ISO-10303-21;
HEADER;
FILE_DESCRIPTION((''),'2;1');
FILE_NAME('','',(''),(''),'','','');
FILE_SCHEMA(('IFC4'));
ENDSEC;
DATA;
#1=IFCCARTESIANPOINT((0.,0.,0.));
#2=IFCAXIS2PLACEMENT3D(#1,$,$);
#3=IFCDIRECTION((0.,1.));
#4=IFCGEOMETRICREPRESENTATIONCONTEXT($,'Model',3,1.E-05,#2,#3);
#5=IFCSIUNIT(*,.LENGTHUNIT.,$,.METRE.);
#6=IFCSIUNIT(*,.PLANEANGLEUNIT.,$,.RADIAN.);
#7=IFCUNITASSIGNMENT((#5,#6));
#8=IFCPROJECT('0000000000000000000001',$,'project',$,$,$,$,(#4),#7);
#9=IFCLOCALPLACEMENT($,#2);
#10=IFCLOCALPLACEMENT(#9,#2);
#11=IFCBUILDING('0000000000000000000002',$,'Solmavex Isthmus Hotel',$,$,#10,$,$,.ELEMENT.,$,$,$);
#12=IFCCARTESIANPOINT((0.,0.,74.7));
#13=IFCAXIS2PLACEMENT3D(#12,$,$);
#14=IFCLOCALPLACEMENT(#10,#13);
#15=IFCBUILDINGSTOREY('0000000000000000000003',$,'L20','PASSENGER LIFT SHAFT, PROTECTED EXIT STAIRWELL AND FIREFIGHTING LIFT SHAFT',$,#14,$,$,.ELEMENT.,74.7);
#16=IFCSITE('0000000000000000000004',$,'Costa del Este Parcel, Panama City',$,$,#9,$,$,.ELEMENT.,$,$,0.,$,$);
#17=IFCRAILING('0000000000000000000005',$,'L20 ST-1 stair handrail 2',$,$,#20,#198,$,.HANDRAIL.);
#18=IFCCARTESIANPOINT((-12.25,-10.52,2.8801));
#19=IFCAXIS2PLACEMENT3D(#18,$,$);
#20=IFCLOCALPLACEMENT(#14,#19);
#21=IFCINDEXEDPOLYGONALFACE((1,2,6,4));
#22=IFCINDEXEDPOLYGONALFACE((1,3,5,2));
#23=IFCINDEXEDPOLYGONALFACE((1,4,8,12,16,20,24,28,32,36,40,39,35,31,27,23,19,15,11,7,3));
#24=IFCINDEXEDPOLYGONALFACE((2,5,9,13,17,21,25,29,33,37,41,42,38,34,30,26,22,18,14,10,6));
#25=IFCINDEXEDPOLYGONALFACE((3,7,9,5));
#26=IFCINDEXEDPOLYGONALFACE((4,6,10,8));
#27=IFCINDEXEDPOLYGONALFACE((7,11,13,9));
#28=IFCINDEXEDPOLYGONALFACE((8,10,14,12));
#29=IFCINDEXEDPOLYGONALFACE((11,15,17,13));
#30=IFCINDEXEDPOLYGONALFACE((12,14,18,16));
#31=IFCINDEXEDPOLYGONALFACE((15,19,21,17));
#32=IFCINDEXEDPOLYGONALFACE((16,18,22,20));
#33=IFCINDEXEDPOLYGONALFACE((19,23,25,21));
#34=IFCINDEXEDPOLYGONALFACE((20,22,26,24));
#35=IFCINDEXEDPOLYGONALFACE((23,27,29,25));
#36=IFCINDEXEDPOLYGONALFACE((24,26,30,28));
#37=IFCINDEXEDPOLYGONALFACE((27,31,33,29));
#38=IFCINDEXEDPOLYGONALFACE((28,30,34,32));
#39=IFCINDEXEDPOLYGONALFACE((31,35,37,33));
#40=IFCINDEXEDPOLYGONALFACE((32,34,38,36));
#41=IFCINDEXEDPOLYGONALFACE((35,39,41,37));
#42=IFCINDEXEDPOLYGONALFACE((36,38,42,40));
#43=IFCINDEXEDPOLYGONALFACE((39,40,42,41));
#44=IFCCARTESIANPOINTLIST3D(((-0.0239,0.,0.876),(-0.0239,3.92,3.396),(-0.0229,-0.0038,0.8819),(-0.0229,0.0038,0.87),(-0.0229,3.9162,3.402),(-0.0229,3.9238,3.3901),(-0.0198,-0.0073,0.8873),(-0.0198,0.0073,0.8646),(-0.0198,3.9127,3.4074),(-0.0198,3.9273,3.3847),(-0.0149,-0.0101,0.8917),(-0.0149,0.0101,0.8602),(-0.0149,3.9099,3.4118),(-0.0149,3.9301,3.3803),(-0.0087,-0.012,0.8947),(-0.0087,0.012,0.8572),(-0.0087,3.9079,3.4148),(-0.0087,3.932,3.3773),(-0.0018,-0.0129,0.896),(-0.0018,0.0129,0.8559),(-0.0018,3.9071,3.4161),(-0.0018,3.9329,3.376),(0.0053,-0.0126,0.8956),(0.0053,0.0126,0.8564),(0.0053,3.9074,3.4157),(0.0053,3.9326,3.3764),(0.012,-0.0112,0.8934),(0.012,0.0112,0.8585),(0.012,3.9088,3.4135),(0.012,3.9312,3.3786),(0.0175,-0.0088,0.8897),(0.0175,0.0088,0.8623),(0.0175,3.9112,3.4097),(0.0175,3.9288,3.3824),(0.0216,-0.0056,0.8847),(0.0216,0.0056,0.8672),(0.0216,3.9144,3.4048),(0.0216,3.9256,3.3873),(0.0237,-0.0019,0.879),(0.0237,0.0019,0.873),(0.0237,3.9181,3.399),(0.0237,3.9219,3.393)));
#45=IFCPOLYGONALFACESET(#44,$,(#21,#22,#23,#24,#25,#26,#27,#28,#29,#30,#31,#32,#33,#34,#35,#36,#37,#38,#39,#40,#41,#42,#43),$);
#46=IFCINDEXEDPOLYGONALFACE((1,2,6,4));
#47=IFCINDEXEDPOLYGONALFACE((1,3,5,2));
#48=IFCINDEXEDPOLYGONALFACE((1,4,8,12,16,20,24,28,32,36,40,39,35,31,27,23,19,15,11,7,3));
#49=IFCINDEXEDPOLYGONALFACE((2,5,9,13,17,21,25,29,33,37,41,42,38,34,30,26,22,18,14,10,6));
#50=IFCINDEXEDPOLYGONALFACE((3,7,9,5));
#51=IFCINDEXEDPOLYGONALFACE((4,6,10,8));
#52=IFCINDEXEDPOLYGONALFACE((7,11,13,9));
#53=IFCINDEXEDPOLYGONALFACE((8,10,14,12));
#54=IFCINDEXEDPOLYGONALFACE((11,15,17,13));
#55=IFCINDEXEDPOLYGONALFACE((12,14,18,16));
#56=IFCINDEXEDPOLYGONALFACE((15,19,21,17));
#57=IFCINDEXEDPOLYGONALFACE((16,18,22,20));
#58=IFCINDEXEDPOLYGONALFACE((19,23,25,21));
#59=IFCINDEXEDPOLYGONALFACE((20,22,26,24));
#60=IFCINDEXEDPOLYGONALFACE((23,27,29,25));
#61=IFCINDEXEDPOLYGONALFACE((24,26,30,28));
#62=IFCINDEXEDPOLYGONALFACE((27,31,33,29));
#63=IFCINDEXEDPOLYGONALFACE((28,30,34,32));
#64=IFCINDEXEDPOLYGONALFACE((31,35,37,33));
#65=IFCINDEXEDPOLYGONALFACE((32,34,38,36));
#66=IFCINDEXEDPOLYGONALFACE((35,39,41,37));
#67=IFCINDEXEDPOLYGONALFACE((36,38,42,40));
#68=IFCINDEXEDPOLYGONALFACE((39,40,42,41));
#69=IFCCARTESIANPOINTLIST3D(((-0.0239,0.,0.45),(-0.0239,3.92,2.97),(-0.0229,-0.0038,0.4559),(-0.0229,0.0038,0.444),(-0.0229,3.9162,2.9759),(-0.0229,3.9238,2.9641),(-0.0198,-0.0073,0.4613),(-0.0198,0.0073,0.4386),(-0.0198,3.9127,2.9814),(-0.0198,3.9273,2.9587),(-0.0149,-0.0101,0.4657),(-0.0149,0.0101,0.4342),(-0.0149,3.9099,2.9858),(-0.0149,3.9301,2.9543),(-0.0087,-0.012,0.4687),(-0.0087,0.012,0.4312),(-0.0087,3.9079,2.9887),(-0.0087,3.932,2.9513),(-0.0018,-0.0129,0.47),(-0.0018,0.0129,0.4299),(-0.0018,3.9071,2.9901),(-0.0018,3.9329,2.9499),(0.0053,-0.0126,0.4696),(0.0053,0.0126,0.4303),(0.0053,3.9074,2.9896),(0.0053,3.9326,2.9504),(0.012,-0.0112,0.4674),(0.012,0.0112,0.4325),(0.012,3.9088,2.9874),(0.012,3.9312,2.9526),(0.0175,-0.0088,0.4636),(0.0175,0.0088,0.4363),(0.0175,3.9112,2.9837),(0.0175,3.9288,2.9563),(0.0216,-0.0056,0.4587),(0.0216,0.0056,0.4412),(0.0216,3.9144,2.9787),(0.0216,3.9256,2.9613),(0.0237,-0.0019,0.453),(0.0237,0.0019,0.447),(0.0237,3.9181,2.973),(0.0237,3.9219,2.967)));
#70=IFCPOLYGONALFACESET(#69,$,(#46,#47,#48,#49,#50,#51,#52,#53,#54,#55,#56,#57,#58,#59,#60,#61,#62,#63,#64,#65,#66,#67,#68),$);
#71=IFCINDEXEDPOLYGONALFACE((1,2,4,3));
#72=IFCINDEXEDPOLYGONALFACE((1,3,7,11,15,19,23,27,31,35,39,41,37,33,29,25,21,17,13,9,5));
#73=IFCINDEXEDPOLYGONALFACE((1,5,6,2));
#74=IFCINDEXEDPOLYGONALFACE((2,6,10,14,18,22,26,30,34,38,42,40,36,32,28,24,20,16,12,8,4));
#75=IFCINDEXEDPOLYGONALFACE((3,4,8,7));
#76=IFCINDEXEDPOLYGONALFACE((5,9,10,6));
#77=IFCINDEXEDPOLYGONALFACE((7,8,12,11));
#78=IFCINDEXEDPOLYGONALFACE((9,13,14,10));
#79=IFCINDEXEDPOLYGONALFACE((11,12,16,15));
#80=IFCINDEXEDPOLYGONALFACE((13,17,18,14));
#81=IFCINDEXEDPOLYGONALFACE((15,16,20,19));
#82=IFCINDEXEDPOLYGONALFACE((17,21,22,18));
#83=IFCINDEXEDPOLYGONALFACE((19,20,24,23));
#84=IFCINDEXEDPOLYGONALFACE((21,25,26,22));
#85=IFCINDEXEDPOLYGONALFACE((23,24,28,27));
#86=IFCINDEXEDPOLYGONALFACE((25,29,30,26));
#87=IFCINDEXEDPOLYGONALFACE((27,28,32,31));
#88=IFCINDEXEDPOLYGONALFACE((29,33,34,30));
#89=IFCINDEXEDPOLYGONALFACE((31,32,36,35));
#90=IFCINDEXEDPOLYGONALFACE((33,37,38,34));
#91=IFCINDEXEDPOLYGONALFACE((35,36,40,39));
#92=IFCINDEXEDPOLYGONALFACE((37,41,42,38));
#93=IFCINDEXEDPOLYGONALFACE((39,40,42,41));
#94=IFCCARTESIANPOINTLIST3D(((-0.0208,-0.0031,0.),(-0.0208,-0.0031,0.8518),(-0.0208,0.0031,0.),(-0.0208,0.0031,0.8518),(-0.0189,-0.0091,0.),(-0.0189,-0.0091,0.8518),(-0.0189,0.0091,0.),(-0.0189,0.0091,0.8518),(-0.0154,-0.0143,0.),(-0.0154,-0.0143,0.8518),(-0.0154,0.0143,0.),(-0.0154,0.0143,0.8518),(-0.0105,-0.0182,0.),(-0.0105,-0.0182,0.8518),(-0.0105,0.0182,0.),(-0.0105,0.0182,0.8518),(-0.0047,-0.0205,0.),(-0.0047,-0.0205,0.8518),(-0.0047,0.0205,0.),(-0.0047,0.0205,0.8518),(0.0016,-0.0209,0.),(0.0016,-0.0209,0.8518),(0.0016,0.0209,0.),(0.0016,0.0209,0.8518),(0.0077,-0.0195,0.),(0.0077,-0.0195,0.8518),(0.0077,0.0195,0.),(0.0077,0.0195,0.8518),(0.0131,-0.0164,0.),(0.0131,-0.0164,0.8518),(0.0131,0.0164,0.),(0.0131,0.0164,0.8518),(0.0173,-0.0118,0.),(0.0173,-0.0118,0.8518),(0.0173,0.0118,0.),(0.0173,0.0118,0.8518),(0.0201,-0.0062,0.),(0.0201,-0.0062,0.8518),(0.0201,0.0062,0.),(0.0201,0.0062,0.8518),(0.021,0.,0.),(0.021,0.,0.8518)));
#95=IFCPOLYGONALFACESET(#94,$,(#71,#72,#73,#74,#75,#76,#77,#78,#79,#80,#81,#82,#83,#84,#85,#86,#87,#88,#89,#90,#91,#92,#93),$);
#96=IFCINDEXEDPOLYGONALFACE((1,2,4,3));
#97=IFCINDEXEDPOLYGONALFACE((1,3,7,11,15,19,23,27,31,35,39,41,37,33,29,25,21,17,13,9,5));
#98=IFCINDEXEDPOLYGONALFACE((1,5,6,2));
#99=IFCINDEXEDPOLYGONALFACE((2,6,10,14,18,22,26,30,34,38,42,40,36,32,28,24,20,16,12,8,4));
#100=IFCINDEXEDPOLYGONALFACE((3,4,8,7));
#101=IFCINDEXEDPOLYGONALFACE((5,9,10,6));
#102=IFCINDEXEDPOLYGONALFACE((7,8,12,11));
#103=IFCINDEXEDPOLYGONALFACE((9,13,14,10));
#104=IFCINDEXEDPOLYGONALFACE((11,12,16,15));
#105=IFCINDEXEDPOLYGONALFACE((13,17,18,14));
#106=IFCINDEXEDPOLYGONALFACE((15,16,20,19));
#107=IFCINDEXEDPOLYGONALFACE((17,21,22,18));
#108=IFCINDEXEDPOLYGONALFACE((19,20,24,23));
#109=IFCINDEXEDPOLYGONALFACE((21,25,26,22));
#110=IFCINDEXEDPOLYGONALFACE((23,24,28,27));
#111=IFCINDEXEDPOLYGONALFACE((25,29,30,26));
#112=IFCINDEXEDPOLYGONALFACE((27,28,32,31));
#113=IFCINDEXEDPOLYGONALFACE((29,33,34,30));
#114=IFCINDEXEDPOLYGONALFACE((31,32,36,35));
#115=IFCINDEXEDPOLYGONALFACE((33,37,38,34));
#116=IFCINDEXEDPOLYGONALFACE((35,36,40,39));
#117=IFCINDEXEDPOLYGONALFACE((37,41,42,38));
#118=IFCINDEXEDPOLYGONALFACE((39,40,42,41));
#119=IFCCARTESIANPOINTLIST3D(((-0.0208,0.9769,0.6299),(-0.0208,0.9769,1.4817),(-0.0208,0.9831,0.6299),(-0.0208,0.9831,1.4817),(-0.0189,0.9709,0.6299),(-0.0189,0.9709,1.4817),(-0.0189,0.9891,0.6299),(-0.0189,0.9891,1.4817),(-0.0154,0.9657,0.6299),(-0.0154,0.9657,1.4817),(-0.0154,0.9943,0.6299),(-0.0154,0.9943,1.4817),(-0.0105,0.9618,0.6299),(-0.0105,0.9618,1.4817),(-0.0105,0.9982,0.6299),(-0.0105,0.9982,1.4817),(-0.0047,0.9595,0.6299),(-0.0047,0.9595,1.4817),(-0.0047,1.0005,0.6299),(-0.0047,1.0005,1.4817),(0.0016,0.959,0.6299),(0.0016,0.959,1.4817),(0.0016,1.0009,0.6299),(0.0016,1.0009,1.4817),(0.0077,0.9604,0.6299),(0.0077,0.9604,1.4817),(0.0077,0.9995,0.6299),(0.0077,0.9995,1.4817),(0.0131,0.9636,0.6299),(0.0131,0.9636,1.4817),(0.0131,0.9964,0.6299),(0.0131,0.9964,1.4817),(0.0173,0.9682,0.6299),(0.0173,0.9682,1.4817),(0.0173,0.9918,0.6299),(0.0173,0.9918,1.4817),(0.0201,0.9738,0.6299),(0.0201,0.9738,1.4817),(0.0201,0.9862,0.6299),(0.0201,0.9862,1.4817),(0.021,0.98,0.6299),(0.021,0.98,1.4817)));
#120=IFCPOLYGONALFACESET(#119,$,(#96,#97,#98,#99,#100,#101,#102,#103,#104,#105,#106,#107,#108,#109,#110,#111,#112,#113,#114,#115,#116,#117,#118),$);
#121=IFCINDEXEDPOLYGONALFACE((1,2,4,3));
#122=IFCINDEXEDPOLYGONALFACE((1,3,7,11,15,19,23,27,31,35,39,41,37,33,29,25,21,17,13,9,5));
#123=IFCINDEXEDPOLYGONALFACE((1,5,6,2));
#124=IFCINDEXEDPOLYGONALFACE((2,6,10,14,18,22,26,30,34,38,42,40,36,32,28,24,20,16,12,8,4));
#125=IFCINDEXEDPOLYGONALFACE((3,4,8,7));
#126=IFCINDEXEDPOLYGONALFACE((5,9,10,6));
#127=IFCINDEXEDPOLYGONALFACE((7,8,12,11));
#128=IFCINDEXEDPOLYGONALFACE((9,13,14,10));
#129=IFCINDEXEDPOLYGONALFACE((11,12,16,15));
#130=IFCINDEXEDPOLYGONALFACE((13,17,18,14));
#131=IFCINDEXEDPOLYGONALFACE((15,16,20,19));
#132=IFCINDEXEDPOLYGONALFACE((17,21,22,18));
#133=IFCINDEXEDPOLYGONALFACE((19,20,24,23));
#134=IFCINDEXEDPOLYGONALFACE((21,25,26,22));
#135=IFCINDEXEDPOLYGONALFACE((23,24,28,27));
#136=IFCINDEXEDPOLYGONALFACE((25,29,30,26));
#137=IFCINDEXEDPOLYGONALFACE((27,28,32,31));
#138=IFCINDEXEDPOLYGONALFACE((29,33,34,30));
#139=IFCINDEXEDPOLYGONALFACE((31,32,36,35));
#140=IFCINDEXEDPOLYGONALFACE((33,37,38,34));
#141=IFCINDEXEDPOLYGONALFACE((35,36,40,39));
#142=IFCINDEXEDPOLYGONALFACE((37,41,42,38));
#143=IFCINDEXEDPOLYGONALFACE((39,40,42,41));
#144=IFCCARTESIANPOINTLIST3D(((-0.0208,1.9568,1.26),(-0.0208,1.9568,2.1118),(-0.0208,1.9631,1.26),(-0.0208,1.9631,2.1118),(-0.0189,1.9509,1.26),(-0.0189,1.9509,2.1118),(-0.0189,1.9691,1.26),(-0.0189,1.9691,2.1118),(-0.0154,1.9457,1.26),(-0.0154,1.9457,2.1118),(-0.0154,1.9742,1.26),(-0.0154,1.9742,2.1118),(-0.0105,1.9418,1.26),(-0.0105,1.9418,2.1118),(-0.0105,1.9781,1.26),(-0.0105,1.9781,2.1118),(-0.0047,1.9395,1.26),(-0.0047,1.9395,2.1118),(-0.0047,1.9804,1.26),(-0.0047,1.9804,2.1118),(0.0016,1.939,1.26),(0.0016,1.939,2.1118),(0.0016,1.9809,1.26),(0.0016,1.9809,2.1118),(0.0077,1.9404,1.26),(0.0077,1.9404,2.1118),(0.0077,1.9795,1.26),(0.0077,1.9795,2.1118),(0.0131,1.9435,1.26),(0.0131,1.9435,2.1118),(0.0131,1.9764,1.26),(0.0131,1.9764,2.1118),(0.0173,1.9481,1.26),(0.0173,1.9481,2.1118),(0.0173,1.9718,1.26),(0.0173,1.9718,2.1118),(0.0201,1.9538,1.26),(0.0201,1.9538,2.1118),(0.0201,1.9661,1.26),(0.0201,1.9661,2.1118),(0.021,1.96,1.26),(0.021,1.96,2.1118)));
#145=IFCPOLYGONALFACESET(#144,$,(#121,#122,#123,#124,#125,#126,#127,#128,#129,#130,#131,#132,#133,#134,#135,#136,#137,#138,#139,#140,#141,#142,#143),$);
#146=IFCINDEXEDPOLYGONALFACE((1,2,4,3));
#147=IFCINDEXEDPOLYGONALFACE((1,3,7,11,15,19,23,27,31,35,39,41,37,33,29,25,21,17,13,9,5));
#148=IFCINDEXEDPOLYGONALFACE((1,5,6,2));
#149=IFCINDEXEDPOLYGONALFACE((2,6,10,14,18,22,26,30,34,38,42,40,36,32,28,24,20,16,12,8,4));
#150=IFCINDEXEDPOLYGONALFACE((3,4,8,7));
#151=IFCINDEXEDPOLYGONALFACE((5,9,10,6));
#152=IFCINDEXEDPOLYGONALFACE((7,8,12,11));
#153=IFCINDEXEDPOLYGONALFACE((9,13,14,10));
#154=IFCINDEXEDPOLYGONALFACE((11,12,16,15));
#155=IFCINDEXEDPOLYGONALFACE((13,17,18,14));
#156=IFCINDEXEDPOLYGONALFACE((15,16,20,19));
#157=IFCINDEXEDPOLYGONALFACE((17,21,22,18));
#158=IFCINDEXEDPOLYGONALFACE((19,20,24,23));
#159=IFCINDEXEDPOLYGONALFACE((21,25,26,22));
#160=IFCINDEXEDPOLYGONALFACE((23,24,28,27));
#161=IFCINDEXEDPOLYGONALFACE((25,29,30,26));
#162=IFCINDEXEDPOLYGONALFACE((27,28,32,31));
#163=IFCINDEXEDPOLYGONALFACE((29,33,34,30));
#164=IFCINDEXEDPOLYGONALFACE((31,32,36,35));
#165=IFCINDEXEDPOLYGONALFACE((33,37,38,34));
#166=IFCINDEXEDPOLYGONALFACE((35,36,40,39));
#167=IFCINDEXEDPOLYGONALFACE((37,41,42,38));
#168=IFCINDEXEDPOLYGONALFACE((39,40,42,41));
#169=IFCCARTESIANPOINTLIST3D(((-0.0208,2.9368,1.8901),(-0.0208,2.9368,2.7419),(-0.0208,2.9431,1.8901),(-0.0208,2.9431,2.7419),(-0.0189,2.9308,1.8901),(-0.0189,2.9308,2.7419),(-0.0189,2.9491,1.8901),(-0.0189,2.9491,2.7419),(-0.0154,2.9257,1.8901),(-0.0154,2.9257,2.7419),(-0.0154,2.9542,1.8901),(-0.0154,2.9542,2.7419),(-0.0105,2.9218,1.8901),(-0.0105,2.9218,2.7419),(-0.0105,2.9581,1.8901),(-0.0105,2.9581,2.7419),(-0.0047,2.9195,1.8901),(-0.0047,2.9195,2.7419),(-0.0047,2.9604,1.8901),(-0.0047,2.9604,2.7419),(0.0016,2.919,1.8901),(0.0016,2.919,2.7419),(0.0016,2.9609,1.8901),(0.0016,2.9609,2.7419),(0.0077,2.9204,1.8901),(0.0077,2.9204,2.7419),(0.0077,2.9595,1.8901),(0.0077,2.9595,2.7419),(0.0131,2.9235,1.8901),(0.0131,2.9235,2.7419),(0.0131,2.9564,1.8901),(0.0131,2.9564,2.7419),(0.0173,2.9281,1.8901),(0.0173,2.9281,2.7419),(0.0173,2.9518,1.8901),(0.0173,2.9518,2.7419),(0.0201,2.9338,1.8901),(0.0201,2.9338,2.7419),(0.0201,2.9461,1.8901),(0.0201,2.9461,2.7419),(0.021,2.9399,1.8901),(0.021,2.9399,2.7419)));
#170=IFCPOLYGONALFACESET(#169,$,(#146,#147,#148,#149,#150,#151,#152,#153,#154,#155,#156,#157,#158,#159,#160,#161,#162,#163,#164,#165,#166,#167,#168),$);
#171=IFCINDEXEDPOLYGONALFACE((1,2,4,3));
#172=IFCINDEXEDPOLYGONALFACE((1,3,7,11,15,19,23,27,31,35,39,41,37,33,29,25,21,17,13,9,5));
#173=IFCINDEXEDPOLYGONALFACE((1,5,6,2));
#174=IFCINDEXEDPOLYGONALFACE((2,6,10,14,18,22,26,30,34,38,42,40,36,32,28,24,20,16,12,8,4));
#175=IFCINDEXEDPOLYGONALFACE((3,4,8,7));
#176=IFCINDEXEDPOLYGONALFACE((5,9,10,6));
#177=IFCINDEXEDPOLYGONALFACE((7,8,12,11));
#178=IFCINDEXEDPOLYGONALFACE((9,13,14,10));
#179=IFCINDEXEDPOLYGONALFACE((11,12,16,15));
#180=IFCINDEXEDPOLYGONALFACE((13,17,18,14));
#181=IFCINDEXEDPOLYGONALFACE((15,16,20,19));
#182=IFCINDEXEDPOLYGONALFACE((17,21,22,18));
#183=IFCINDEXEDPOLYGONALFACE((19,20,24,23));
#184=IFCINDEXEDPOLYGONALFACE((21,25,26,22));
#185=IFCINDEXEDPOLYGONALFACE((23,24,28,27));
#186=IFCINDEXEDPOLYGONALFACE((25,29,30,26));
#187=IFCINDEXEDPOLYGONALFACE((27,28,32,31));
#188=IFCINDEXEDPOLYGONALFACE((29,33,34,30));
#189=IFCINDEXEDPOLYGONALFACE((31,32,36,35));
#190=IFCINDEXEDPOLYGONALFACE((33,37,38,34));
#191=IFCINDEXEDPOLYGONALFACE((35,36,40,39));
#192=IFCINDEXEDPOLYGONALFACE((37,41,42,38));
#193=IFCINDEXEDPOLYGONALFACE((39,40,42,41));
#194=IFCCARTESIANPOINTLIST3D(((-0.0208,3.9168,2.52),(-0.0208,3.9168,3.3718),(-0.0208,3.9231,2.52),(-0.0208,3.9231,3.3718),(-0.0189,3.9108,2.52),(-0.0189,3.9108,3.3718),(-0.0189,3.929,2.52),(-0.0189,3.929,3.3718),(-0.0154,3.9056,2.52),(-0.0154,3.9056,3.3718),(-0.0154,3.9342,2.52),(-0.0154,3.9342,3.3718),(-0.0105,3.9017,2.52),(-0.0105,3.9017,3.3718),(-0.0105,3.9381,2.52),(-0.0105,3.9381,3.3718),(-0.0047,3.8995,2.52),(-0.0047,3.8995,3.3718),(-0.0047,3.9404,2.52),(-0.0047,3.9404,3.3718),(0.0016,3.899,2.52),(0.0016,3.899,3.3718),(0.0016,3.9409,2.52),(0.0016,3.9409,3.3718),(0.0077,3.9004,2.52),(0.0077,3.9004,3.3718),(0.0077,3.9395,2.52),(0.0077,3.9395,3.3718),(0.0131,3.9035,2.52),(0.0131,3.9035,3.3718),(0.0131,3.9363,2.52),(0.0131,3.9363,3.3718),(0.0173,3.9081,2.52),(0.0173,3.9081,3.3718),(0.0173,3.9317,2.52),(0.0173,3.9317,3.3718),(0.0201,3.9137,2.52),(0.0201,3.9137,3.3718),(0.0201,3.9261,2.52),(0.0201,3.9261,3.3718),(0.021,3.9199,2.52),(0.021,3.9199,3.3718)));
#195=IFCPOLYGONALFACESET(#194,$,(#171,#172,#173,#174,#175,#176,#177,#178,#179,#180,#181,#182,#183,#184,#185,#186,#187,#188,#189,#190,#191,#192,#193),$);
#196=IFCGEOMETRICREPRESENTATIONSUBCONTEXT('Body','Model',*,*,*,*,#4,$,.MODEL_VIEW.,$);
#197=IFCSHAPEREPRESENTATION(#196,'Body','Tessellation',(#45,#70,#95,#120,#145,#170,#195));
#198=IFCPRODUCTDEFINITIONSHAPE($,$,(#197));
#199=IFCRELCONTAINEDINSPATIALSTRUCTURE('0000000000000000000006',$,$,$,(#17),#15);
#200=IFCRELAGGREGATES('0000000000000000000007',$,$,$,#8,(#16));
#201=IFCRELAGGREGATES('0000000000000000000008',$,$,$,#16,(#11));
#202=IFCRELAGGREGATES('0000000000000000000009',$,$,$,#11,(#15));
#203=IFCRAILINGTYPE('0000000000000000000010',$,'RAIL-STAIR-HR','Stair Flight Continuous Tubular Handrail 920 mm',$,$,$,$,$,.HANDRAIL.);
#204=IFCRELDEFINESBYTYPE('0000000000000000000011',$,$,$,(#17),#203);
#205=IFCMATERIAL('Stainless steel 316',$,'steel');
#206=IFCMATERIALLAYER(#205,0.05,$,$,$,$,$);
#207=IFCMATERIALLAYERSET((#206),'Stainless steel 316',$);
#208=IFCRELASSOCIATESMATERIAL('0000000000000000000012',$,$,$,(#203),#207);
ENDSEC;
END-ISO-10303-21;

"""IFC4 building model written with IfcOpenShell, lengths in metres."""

from ifc_helpers import new_model, si_unit, direction, frame, origin, origin_2d, place, context, subcontext, project, spatial, circle, extrude, material, layer, layer_set, type_object, element, save


model = new_model("IFC4")

# Units and contexts
model_context = context("Model", 3, precision=1e-05, world=origin(), true_north=direction((0.0, 1.0)))
body_context = subcontext(model_context, "Body", "Model", "MODEL_VIEW")
ifc_project = project(units=[si_unit("LENGTHUNIT", "METRE"), si_unit("PLANEANGLEUNIT", "RADIAN")], contexts=[model_context])

# Site, building, storey
site_placement = place(None, origin())
site = spatial("IfcSite", under=ifc_project, at=site_placement, Name="Costa del Este Parcel, Panama City", CompositionType="ELEMENT", RefElevation=0.0)
building_placement = place(site_placement, origin())
building = spatial("IfcBuilding", under=site, at=building_placement, Name="Solmavex Isthmus Hotel", CompositionType="ELEMENT")
storey_placement = place(building_placement, frame((0.0, 0.0, 74.7)))
storey = spatial("IfcBuildingStorey", under=building, at=storey_placement, Name="L20", Description="PASSENGER LIFT SHAFT, PROTECTED EXIT STAIRWELL AND FIREFIGHTING LIFT SHAFT", CompositionType="ELEMENT", Elevation=74.7)

# Railing
ifc_material_1 = material(Name="Stainless steel 316", Category="steel")
ifc_layer_1 = layer(ifc_material_1, 0.05)
ifc_layer_set_1 = layer_set([ifc_layer_1], Name="Stainless steel 316")
railing_type_1 = type_object("IfcRailingType", Name="RAIL-STAIR-HR", Description="Stair Flight Continuous Tubular Handrail 920 mm", PredefinedType="HANDRAIL", material=ifc_layer_set_1)
railing_1_placement = place(storey_placement, frame((-12.25, -10.52, 2.8801)))
element("IfcRailing", 1, at=railing_1_placement, inside=storey, type_object=railing_type_1, Name="L20 ST-1 stair handrail 2", PredefinedType="HANDRAIL", context=body_context, shape_type="SweptSolid", body=[
    extrude(circle(Radius=0.0239, at=origin_2d()), frame((0.0, 0.0, 0.876), z_axis=(0.0, 0.841172, 0.540768), x_axis=(-1.0, 0.0, 0.0)), (0.0, 0.0, 1.0), 4.6602),
    extrude(circle(Radius=0.0239, at=origin_2d()), frame((0.0, 0.0, 0.45), z_axis=(0.0, 0.841172, 0.540768), x_axis=(-1.0, 0.0, 0.0)), (0.0, 0.0, 1.0), 4.6602),
    extrude(circle(Radius=0.021, at=origin_2d()), origin(), (0.0, 0.0, 1.0), 0.8518),
    extrude(circle(Radius=0.021, at=origin_2d()), frame((0.0, 0.98, 0.6299)), (0.0, 0.0, 1.0), 0.8518),
    extrude(circle(Radius=0.021, at=origin_2d()), frame((0.0, 1.96, 1.26)), (0.0, 0.0, 1.0), 0.8518),
    extrude(circle(Radius=0.021, at=origin_2d()), frame((0.0, 2.9399, 1.8901)), (0.0, 0.0, 1.0), 0.8518),
    extrude(circle(Radius=0.021, at=origin_2d()), frame((0.0, 3.9199, 2.52)), (0.0, 0.0, 1.0), 0.8518),
])

save(model, "model.ifc")
